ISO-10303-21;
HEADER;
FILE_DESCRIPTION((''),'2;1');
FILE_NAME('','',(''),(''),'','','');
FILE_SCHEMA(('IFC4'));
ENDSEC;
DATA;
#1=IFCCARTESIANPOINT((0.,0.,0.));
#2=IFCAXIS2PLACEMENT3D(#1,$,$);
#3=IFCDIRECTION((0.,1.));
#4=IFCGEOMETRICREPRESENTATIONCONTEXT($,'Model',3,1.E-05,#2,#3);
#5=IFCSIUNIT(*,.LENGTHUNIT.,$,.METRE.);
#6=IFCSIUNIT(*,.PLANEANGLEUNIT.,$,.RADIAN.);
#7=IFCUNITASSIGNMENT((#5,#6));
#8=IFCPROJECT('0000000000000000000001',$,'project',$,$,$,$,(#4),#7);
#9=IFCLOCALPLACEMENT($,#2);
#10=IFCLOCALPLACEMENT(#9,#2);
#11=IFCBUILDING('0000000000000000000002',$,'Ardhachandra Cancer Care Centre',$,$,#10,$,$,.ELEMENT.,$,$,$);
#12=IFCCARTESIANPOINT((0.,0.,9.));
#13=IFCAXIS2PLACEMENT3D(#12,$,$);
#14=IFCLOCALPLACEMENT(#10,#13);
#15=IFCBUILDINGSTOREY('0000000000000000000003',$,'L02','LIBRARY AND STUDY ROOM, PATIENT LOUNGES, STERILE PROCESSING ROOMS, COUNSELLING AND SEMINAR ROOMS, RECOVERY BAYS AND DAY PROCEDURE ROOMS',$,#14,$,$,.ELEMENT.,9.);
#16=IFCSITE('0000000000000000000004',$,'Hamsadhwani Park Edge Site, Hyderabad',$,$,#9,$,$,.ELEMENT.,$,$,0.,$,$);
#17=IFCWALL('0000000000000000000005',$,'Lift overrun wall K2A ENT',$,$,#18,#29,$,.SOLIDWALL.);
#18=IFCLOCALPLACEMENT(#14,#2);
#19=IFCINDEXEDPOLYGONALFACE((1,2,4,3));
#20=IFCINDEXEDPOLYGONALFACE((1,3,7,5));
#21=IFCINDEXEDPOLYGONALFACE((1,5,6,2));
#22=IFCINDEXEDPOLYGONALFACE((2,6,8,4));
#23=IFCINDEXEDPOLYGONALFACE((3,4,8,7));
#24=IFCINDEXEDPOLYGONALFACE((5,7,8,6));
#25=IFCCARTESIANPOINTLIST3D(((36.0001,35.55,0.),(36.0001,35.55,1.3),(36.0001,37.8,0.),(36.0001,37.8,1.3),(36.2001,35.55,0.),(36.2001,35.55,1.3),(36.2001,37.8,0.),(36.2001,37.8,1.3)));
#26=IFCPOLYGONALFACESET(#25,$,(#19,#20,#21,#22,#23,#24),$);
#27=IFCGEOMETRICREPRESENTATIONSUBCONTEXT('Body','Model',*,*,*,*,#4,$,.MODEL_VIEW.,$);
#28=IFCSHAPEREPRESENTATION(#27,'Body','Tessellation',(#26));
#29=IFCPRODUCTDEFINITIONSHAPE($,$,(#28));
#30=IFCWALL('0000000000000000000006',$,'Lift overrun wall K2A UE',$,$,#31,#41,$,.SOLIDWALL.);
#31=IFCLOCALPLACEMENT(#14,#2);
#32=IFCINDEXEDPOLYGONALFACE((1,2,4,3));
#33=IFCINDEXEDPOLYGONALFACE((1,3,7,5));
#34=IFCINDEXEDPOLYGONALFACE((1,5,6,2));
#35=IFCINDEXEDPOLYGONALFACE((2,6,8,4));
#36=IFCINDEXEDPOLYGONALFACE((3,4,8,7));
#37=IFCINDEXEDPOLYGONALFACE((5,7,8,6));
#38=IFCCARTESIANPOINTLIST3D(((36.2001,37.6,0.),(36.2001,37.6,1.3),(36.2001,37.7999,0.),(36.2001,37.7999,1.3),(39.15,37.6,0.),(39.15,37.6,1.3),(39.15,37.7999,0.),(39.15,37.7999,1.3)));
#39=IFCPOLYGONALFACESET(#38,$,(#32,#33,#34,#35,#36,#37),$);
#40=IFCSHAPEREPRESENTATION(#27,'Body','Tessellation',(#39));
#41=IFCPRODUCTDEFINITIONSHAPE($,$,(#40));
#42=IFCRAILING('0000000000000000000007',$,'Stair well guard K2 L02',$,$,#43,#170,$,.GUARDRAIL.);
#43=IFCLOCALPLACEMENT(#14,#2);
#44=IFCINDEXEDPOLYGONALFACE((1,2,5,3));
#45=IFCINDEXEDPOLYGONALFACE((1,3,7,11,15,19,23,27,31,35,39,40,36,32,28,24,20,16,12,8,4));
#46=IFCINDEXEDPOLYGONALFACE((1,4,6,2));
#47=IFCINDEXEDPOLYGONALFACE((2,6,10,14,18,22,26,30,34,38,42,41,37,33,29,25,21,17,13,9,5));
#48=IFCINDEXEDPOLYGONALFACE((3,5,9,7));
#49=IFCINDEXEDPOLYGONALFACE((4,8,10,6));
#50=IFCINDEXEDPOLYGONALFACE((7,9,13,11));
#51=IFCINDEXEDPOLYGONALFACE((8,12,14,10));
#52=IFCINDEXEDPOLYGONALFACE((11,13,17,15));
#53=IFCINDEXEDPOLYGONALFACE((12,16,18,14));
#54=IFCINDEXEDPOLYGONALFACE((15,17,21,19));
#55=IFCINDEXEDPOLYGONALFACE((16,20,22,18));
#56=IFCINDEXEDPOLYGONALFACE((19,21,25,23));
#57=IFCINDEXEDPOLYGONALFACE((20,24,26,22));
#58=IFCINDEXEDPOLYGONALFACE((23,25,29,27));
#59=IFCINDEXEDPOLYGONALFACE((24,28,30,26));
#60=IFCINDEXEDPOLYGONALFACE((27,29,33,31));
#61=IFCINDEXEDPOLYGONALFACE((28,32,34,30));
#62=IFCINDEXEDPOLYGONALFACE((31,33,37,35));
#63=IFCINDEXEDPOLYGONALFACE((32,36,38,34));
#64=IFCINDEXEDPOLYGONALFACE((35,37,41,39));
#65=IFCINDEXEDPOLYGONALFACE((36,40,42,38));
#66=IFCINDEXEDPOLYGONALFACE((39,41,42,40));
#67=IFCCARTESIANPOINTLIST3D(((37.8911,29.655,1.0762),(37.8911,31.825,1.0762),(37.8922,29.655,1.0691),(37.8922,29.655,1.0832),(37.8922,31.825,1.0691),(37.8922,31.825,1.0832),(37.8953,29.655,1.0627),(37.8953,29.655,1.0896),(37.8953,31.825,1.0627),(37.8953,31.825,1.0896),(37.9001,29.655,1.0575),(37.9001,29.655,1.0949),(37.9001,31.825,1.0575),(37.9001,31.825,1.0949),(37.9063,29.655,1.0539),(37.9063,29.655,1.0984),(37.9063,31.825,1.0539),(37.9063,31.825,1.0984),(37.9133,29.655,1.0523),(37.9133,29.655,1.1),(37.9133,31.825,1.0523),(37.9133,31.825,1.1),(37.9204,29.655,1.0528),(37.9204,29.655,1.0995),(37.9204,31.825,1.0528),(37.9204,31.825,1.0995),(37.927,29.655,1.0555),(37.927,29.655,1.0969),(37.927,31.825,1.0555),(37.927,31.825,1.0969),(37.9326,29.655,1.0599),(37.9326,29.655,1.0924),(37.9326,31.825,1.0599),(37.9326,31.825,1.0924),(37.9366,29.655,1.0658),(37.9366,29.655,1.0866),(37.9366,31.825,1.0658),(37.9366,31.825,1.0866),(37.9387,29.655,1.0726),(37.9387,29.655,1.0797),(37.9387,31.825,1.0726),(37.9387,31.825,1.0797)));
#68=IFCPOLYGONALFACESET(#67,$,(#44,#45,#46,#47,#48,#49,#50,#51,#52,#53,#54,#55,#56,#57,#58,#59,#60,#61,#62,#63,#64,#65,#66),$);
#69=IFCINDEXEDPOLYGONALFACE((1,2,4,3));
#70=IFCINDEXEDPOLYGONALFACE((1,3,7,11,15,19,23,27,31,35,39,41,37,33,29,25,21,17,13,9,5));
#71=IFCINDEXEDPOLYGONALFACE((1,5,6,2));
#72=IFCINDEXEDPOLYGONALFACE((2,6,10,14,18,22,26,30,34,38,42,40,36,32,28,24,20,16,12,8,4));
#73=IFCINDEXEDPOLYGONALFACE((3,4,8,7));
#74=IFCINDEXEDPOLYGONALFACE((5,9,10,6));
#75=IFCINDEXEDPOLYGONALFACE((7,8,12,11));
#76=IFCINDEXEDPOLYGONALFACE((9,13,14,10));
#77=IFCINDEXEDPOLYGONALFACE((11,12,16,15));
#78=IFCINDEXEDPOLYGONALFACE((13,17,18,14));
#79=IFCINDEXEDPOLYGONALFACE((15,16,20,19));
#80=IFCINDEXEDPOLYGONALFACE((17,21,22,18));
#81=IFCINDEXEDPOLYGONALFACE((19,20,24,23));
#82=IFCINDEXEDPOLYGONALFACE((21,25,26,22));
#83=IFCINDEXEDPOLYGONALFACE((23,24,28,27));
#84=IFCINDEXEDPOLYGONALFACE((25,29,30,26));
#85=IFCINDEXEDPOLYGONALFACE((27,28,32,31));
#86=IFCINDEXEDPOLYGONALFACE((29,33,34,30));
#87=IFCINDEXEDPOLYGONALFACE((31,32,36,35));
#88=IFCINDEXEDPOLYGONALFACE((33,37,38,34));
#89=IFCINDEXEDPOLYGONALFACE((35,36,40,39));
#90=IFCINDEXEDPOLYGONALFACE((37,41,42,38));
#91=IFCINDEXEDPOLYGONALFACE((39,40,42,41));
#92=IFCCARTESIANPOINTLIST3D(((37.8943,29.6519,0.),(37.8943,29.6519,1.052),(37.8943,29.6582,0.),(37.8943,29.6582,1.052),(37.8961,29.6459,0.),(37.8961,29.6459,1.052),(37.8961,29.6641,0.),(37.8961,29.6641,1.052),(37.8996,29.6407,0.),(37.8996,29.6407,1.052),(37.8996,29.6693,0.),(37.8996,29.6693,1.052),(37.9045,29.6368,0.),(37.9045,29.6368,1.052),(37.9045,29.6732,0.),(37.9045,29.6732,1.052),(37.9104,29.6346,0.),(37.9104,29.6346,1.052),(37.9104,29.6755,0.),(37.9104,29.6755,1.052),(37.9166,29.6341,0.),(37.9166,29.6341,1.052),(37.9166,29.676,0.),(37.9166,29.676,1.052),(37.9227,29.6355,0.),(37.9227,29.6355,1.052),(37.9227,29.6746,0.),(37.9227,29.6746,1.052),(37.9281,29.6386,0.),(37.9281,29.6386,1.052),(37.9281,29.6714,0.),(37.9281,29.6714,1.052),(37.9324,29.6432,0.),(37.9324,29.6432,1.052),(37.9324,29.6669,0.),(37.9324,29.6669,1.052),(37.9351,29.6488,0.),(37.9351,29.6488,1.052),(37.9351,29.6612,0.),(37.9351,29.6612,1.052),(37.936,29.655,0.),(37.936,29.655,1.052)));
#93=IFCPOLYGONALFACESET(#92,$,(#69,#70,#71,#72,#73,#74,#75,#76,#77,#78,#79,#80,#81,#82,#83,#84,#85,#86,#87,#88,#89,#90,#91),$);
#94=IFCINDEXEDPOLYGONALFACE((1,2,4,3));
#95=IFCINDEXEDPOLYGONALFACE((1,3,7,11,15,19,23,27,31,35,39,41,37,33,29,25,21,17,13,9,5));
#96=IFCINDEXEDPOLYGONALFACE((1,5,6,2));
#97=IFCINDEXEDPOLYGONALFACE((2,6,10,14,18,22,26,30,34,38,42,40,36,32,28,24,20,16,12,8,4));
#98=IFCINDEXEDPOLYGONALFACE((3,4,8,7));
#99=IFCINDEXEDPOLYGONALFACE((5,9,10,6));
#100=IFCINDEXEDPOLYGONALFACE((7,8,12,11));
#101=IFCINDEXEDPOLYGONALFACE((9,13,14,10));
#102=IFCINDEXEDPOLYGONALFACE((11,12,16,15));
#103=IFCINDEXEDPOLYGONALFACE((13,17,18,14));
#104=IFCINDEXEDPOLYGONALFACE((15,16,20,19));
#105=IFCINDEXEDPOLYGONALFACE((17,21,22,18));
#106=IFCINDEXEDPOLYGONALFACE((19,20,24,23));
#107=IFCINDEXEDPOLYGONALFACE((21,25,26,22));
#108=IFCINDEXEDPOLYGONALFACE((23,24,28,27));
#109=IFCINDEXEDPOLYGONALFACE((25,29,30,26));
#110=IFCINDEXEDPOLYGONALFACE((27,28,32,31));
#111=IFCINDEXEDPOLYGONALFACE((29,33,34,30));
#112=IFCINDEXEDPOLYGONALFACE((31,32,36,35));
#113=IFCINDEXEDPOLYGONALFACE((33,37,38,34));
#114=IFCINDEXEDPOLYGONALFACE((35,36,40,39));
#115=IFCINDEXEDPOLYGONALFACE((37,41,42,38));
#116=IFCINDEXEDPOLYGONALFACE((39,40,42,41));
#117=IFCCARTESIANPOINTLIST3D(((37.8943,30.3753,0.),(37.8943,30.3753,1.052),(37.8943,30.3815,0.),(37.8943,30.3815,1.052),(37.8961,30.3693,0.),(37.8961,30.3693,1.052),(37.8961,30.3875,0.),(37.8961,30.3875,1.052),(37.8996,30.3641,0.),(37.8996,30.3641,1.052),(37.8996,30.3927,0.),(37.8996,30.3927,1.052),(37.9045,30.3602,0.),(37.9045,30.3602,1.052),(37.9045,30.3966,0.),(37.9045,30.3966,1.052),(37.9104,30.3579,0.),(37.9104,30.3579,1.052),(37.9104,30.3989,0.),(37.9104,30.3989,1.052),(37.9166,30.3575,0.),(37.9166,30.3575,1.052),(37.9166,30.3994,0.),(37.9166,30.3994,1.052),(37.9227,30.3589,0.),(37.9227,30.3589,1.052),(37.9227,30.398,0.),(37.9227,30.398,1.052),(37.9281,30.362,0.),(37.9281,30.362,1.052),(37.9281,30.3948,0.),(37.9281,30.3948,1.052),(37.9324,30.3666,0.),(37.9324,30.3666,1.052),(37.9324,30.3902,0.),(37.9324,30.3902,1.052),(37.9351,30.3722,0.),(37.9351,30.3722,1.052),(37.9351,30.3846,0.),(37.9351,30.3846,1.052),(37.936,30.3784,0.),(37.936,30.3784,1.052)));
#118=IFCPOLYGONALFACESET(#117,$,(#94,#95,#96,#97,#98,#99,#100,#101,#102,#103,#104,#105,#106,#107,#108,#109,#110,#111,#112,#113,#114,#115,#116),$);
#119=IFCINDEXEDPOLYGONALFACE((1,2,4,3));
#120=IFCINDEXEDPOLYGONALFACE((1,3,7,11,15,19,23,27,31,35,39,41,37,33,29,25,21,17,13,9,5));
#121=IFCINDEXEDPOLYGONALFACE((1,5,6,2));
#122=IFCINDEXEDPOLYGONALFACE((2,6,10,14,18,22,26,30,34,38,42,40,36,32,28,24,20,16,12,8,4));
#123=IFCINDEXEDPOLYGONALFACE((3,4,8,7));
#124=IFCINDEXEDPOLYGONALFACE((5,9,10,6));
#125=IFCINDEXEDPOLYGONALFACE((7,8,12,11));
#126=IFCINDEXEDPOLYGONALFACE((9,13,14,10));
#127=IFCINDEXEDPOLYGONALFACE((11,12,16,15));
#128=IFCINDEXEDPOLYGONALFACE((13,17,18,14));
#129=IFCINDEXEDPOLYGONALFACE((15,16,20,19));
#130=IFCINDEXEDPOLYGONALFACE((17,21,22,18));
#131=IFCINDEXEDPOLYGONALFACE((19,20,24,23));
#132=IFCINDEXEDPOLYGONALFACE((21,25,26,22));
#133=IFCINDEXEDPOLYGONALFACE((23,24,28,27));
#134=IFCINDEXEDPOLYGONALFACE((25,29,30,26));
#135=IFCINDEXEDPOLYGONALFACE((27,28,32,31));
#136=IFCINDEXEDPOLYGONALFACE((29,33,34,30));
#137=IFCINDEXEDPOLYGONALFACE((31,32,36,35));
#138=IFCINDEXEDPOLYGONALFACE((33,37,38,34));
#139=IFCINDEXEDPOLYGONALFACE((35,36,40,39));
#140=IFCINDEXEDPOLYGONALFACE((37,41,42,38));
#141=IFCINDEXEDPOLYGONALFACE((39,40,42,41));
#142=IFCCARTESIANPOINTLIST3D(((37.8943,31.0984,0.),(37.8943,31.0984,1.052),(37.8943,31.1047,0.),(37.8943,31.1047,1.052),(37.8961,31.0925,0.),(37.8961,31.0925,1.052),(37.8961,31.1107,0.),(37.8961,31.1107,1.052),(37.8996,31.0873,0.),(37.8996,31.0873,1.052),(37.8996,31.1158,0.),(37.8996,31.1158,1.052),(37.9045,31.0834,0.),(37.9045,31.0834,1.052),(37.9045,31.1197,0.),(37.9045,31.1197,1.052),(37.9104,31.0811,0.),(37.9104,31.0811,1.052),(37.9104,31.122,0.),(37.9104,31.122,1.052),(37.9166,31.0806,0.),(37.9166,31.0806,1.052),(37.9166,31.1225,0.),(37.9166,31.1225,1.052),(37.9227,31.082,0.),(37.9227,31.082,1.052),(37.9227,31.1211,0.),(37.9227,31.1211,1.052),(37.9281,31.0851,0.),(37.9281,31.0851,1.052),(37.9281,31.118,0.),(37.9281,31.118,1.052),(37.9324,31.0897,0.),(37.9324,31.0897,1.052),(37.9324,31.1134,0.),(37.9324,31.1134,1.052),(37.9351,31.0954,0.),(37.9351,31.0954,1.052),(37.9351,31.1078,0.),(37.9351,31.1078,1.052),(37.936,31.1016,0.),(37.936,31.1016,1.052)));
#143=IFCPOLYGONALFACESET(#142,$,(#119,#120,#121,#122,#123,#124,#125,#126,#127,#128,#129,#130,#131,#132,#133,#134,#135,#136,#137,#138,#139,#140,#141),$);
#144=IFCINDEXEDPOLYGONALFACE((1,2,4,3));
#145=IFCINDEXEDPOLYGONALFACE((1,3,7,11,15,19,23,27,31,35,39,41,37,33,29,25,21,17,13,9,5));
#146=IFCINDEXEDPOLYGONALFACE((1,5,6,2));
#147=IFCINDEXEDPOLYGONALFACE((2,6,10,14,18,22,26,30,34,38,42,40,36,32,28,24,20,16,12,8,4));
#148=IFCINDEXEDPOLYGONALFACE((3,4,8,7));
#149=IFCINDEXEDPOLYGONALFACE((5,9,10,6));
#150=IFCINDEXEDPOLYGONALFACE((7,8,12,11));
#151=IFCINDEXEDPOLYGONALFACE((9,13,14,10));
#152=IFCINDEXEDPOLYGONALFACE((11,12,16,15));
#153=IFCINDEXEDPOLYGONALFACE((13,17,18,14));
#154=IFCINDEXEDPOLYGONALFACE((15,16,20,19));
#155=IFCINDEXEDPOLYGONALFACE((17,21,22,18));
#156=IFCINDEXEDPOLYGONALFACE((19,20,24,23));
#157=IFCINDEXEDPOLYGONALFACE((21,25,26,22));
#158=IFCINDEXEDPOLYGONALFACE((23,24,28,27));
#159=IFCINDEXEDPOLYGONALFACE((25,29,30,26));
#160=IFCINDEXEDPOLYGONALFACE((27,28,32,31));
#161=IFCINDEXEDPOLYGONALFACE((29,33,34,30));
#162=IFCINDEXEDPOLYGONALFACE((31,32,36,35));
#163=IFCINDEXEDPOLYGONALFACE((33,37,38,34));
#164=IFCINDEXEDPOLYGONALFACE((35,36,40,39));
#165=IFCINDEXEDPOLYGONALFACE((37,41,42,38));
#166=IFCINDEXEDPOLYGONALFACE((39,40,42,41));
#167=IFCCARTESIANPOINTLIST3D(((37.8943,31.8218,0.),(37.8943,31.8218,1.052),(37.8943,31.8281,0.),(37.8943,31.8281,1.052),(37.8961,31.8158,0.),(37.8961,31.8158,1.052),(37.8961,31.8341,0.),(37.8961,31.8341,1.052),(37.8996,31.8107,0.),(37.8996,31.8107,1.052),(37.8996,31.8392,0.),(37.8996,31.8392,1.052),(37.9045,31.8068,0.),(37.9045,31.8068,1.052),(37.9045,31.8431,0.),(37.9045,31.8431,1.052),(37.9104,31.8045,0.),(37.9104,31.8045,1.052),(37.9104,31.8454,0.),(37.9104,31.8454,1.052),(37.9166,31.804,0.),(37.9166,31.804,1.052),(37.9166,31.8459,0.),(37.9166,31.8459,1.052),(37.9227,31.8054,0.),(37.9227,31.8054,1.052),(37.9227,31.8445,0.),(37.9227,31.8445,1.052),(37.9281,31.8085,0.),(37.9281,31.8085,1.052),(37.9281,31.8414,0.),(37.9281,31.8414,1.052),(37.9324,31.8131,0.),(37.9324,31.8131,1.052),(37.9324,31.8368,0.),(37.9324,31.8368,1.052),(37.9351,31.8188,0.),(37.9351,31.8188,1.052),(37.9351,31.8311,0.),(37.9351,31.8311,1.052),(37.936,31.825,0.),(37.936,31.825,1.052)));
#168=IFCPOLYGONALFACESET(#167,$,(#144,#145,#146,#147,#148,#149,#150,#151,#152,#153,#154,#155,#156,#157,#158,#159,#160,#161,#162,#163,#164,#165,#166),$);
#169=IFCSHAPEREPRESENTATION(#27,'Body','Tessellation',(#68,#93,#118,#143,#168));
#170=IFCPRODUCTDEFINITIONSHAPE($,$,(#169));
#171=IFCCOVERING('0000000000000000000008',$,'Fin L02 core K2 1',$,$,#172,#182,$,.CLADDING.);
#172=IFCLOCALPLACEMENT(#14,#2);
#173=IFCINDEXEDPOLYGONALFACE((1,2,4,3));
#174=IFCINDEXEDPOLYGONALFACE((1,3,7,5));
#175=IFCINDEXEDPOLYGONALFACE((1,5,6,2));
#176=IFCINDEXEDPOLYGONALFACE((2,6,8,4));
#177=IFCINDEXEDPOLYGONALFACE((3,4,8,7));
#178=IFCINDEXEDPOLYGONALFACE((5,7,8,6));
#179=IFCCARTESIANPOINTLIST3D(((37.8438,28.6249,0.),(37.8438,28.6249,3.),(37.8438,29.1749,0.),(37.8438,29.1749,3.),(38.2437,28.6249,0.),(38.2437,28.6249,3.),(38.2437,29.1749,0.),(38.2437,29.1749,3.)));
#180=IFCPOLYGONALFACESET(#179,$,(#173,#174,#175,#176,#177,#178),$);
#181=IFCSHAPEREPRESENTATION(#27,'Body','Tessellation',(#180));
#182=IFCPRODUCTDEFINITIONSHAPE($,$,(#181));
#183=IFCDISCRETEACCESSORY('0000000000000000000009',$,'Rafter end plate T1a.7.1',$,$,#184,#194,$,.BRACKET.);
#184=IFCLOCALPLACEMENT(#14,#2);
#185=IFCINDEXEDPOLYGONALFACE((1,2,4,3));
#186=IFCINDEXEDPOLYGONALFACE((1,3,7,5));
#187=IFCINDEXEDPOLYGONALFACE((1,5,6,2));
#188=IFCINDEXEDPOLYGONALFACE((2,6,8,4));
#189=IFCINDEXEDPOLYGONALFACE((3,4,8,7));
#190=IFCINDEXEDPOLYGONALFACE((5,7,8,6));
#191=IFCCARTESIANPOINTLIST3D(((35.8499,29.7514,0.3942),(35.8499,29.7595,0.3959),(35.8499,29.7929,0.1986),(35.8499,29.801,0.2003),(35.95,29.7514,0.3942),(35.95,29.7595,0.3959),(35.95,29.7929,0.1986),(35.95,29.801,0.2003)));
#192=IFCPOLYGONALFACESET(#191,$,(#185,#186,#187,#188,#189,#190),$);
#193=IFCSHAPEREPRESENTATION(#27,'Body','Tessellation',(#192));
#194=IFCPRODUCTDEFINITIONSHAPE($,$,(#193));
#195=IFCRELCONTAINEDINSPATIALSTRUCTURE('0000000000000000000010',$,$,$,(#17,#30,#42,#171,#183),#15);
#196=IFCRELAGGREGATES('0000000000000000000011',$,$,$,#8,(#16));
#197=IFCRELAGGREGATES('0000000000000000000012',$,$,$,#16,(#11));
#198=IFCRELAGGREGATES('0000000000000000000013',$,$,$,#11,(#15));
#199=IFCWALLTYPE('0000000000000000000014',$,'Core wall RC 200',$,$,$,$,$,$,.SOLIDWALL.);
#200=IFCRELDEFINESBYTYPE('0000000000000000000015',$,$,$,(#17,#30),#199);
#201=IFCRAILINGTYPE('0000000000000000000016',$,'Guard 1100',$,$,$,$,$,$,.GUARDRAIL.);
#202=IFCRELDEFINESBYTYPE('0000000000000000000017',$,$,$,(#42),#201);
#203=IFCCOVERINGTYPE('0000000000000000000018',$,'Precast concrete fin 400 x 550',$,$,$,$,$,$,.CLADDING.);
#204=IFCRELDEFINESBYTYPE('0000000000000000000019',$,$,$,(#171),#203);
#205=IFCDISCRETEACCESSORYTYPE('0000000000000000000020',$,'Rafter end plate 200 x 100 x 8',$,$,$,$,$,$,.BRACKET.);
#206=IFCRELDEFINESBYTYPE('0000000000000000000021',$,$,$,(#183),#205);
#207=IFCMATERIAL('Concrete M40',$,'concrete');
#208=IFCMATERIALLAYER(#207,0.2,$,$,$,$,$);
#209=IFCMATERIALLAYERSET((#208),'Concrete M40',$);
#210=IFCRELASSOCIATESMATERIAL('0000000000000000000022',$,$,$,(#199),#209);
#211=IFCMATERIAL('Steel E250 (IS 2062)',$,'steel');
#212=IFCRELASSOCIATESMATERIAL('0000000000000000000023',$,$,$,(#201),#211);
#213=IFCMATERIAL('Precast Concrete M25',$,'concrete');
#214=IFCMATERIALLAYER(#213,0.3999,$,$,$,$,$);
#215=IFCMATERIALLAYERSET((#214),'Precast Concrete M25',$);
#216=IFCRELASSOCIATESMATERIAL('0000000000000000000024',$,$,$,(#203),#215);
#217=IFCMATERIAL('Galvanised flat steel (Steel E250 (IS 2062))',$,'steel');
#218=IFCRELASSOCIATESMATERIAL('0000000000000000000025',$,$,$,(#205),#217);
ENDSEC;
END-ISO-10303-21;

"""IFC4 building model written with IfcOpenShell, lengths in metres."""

from ifc_helpers import new_model, si_unit, direction, frame, frame_2d, origin, origin_2d, place, context, subcontext, project, spatial, rectangle, circle, extrude, material, layer, layer_set, material_profile, profile_set, type_object, element, save


model = new_model("IFC4")

# Units and contexts
model_context = context("Model", 3, precision=1e-05, world=origin(), true_north=direction((0.0, 1.0)))
body_context = subcontext(model_context, "Body", "Model", "MODEL_VIEW")
ifc_project = project(units=[si_unit("LENGTHUNIT", "METRE"), si_unit("PLANEANGLEUNIT", "RADIAN")], contexts=[model_context])

# Site, building, storey
site_placement = place(None, origin())
site = spatial("IfcSite", under=ifc_project, at=site_placement, Name="Hamsadhwani Park Edge Site, Hyderabad", CompositionType="ELEMENT", RefElevation=0.0)
building_placement = place(site_placement, origin())
building = spatial("IfcBuilding", under=site, at=building_placement, Name="Ardhachandra Cancer Care Centre", CompositionType="ELEMENT")
storey_placement = place(building_placement, frame((0.0, 0.0, 9.0)))
storey = spatial("IfcBuildingStorey", under=building, at=storey_placement, Name="L02", Description="LIBRARY AND STUDY ROOM, PATIENT LOUNGES, STERILE PROCESSING ROOMS, COUNSELLING AND SEMINAR ROOMS, RECOVERY BAYS AND DAY PROCEDURE ROOMS", CompositionType="ELEMENT", Elevation=9.0)

# Shared definitions
ifc_material_1 = material(Name="Concrete M40", Category="concrete")
ifc_layer_1 = layer(ifc_material_1, 0.2)
ifc_layer_set_1 = layer_set([ifc_layer_1], Name="Concrete M40")
wall_type_1 = type_object("IfcWallType", Name="Core wall RC 200", PredefinedType="SOLIDWALL", material=ifc_layer_set_1)

# Walls
wall_1_placement = place(storey_placement, frame((36.1001, 35.55, 0.0), z_axis=(0.0, 0.0, 1.0), x_axis=(0.0, 1.0, 0.0)))
element("IfcWall", 1, at=wall_1_placement, inside=storey, type_object=wall_type_1, Name="Lift overrun wall K2A ENT", PredefinedType="SOLIDWALL", context=body_context, shape_type="SweptSolid", body=[
    extrude(rectangle(XDim=2.25, YDim=0.2, at=frame_2d((1.125, 0.0))), origin(), (0.0, 0.0, 1.0), 1.3),
])
wall_2_placement = place(storey_placement, frame((36.2, 37.7, 0.0), z_axis=(0.0, 0.0, 1.0), x_axis=(1.0, 0.0, 0.0)))
element("IfcWall", 2, at=wall_2_placement, inside=storey, type_object=wall_type_1, Name="Lift overrun wall K2A UE", PredefinedType="SOLIDWALL", context=body_context, shape_type="SweptSolid", body=[
    extrude(rectangle(XDim=2.95, YDim=0.2, at=frame_2d((1.4751, 0.0))), origin(), (0.0, 0.0, 1.0), 1.3),
])

# Railing
ifc_material_2 = material(Name="Steel E250 (IS 2062)", Category="steel")
railing_type = type_object("IfcRailingType", Name="Guard 1100", PredefinedType="GUARDRAIL", material=ifc_material_2)
railing_placement = place(storey_placement, frame((37.915, 29.655, 0.0)))
element("IfcRailing", 3, at=railing_placement, inside=storey, type_object=railing_type, Name="Stair well guard K2 L02", PredefinedType="GUARDRAIL", context=body_context, shape_type="SweptSolid", body=[
    extrude(circle(Radius=0.0239, at=origin_2d()), frame((0.0, 0.0, 1.0762), z_axis=(0.0, 1.0, 0.0), x_axis=(-1.0, 0.0, 0.0)), (0.0, 0.0, 1.0), 2.1699),
    extrude(circle(Radius=0.021, at=origin_2d()), origin(), (0.0, 0.0, 1.0), 1.052),
    extrude(circle(Radius=0.021, at=origin_2d()), frame((0.0, 0.7234, 0.0)), (0.0, 0.0, 1.0), 1.052),
    extrude(circle(Radius=0.021, at=origin_2d()), frame((0.0, 1.4465, 0.0)), (0.0, 0.0, 1.0), 1.052),
    extrude(circle(Radius=0.021, at=origin_2d()), frame((0.0, 2.1699, 0.0)), (0.0, 0.0, 1.0), 1.052),
])

# Covering
ifc_material_3 = material(Name="Precast Concrete M25", Category="concrete")
ifc_layer_2 = layer(ifc_material_3, 0.3999)
ifc_layer_set_2 = layer_set([ifc_layer_2], Name="Precast Concrete M25")
covering_type = type_object("IfcCoveringType", Name="Precast concrete fin 400 x 550", PredefinedType="CLADDING", material=ifc_layer_set_2)
covering_placement = place(storey_placement, frame((38.0437, 28.8999, 0.0), z_axis=(0.0, 0.0, 1.0), x_axis=(1.0, 0.0, 0.0)))
element("IfcCovering", 4, at=covering_placement, inside=storey, type_object=covering_type, Name="Fin L02 core K2 1", PredefinedType="CLADDING", context=body_context, shape_type="SweptSolid", body=[
    extrude(rectangle(XDim=0.3999, YDim=0.55, at=origin_2d()), origin(), (0.0, 0.0, 1.0), 3.0),
])

# Discrete accessory
ifc_material_4 = material(Name="Galvanised flat steel (Steel E250 (IS 2062))", Category="steel")
ifc_material_profile_1 = material_profile(ifc_material_4, rectangle(XDim=0.1001, YDim=0.2, at=origin_2d()), Name="Rafter end plate 200 x 100 x 8")
ifc_profile_set_1 = profile_set([ifc_material_profile_1], Name="Galvanised flat steel (Steel E250 (IS 2062))")
discrete_accessory_type_1 = type_object("IfcDiscreteAccessoryType", Name="Rafter end plate 200 x 100 x 8", PredefinedType="BRACKET", material=ifc_profile_set_1)
discrete_accessory_1_placement = place(storey_placement, frame((35.8999, 29.7803, 0.2981), z_axis=(0.0, -0.978234, -0.207504), x_axis=(1.0, 0.0, 0.0)))
element("IfcDiscreteAccessory", 5, at=discrete_accessory_1_placement, inside=storey, type_object=discrete_accessory_type_1, Name="Rafter end plate T1a.7.1", PredefinedType="BRACKET", context=body_context, shape_type="SweptSolid", body=[
    extrude(rectangle(XDim=0.1001, YDim=0.2, at=origin_2d()), origin(), (0.0, 0.0, 1.0), 0.0083),
])

save(model, "model.ifc")
